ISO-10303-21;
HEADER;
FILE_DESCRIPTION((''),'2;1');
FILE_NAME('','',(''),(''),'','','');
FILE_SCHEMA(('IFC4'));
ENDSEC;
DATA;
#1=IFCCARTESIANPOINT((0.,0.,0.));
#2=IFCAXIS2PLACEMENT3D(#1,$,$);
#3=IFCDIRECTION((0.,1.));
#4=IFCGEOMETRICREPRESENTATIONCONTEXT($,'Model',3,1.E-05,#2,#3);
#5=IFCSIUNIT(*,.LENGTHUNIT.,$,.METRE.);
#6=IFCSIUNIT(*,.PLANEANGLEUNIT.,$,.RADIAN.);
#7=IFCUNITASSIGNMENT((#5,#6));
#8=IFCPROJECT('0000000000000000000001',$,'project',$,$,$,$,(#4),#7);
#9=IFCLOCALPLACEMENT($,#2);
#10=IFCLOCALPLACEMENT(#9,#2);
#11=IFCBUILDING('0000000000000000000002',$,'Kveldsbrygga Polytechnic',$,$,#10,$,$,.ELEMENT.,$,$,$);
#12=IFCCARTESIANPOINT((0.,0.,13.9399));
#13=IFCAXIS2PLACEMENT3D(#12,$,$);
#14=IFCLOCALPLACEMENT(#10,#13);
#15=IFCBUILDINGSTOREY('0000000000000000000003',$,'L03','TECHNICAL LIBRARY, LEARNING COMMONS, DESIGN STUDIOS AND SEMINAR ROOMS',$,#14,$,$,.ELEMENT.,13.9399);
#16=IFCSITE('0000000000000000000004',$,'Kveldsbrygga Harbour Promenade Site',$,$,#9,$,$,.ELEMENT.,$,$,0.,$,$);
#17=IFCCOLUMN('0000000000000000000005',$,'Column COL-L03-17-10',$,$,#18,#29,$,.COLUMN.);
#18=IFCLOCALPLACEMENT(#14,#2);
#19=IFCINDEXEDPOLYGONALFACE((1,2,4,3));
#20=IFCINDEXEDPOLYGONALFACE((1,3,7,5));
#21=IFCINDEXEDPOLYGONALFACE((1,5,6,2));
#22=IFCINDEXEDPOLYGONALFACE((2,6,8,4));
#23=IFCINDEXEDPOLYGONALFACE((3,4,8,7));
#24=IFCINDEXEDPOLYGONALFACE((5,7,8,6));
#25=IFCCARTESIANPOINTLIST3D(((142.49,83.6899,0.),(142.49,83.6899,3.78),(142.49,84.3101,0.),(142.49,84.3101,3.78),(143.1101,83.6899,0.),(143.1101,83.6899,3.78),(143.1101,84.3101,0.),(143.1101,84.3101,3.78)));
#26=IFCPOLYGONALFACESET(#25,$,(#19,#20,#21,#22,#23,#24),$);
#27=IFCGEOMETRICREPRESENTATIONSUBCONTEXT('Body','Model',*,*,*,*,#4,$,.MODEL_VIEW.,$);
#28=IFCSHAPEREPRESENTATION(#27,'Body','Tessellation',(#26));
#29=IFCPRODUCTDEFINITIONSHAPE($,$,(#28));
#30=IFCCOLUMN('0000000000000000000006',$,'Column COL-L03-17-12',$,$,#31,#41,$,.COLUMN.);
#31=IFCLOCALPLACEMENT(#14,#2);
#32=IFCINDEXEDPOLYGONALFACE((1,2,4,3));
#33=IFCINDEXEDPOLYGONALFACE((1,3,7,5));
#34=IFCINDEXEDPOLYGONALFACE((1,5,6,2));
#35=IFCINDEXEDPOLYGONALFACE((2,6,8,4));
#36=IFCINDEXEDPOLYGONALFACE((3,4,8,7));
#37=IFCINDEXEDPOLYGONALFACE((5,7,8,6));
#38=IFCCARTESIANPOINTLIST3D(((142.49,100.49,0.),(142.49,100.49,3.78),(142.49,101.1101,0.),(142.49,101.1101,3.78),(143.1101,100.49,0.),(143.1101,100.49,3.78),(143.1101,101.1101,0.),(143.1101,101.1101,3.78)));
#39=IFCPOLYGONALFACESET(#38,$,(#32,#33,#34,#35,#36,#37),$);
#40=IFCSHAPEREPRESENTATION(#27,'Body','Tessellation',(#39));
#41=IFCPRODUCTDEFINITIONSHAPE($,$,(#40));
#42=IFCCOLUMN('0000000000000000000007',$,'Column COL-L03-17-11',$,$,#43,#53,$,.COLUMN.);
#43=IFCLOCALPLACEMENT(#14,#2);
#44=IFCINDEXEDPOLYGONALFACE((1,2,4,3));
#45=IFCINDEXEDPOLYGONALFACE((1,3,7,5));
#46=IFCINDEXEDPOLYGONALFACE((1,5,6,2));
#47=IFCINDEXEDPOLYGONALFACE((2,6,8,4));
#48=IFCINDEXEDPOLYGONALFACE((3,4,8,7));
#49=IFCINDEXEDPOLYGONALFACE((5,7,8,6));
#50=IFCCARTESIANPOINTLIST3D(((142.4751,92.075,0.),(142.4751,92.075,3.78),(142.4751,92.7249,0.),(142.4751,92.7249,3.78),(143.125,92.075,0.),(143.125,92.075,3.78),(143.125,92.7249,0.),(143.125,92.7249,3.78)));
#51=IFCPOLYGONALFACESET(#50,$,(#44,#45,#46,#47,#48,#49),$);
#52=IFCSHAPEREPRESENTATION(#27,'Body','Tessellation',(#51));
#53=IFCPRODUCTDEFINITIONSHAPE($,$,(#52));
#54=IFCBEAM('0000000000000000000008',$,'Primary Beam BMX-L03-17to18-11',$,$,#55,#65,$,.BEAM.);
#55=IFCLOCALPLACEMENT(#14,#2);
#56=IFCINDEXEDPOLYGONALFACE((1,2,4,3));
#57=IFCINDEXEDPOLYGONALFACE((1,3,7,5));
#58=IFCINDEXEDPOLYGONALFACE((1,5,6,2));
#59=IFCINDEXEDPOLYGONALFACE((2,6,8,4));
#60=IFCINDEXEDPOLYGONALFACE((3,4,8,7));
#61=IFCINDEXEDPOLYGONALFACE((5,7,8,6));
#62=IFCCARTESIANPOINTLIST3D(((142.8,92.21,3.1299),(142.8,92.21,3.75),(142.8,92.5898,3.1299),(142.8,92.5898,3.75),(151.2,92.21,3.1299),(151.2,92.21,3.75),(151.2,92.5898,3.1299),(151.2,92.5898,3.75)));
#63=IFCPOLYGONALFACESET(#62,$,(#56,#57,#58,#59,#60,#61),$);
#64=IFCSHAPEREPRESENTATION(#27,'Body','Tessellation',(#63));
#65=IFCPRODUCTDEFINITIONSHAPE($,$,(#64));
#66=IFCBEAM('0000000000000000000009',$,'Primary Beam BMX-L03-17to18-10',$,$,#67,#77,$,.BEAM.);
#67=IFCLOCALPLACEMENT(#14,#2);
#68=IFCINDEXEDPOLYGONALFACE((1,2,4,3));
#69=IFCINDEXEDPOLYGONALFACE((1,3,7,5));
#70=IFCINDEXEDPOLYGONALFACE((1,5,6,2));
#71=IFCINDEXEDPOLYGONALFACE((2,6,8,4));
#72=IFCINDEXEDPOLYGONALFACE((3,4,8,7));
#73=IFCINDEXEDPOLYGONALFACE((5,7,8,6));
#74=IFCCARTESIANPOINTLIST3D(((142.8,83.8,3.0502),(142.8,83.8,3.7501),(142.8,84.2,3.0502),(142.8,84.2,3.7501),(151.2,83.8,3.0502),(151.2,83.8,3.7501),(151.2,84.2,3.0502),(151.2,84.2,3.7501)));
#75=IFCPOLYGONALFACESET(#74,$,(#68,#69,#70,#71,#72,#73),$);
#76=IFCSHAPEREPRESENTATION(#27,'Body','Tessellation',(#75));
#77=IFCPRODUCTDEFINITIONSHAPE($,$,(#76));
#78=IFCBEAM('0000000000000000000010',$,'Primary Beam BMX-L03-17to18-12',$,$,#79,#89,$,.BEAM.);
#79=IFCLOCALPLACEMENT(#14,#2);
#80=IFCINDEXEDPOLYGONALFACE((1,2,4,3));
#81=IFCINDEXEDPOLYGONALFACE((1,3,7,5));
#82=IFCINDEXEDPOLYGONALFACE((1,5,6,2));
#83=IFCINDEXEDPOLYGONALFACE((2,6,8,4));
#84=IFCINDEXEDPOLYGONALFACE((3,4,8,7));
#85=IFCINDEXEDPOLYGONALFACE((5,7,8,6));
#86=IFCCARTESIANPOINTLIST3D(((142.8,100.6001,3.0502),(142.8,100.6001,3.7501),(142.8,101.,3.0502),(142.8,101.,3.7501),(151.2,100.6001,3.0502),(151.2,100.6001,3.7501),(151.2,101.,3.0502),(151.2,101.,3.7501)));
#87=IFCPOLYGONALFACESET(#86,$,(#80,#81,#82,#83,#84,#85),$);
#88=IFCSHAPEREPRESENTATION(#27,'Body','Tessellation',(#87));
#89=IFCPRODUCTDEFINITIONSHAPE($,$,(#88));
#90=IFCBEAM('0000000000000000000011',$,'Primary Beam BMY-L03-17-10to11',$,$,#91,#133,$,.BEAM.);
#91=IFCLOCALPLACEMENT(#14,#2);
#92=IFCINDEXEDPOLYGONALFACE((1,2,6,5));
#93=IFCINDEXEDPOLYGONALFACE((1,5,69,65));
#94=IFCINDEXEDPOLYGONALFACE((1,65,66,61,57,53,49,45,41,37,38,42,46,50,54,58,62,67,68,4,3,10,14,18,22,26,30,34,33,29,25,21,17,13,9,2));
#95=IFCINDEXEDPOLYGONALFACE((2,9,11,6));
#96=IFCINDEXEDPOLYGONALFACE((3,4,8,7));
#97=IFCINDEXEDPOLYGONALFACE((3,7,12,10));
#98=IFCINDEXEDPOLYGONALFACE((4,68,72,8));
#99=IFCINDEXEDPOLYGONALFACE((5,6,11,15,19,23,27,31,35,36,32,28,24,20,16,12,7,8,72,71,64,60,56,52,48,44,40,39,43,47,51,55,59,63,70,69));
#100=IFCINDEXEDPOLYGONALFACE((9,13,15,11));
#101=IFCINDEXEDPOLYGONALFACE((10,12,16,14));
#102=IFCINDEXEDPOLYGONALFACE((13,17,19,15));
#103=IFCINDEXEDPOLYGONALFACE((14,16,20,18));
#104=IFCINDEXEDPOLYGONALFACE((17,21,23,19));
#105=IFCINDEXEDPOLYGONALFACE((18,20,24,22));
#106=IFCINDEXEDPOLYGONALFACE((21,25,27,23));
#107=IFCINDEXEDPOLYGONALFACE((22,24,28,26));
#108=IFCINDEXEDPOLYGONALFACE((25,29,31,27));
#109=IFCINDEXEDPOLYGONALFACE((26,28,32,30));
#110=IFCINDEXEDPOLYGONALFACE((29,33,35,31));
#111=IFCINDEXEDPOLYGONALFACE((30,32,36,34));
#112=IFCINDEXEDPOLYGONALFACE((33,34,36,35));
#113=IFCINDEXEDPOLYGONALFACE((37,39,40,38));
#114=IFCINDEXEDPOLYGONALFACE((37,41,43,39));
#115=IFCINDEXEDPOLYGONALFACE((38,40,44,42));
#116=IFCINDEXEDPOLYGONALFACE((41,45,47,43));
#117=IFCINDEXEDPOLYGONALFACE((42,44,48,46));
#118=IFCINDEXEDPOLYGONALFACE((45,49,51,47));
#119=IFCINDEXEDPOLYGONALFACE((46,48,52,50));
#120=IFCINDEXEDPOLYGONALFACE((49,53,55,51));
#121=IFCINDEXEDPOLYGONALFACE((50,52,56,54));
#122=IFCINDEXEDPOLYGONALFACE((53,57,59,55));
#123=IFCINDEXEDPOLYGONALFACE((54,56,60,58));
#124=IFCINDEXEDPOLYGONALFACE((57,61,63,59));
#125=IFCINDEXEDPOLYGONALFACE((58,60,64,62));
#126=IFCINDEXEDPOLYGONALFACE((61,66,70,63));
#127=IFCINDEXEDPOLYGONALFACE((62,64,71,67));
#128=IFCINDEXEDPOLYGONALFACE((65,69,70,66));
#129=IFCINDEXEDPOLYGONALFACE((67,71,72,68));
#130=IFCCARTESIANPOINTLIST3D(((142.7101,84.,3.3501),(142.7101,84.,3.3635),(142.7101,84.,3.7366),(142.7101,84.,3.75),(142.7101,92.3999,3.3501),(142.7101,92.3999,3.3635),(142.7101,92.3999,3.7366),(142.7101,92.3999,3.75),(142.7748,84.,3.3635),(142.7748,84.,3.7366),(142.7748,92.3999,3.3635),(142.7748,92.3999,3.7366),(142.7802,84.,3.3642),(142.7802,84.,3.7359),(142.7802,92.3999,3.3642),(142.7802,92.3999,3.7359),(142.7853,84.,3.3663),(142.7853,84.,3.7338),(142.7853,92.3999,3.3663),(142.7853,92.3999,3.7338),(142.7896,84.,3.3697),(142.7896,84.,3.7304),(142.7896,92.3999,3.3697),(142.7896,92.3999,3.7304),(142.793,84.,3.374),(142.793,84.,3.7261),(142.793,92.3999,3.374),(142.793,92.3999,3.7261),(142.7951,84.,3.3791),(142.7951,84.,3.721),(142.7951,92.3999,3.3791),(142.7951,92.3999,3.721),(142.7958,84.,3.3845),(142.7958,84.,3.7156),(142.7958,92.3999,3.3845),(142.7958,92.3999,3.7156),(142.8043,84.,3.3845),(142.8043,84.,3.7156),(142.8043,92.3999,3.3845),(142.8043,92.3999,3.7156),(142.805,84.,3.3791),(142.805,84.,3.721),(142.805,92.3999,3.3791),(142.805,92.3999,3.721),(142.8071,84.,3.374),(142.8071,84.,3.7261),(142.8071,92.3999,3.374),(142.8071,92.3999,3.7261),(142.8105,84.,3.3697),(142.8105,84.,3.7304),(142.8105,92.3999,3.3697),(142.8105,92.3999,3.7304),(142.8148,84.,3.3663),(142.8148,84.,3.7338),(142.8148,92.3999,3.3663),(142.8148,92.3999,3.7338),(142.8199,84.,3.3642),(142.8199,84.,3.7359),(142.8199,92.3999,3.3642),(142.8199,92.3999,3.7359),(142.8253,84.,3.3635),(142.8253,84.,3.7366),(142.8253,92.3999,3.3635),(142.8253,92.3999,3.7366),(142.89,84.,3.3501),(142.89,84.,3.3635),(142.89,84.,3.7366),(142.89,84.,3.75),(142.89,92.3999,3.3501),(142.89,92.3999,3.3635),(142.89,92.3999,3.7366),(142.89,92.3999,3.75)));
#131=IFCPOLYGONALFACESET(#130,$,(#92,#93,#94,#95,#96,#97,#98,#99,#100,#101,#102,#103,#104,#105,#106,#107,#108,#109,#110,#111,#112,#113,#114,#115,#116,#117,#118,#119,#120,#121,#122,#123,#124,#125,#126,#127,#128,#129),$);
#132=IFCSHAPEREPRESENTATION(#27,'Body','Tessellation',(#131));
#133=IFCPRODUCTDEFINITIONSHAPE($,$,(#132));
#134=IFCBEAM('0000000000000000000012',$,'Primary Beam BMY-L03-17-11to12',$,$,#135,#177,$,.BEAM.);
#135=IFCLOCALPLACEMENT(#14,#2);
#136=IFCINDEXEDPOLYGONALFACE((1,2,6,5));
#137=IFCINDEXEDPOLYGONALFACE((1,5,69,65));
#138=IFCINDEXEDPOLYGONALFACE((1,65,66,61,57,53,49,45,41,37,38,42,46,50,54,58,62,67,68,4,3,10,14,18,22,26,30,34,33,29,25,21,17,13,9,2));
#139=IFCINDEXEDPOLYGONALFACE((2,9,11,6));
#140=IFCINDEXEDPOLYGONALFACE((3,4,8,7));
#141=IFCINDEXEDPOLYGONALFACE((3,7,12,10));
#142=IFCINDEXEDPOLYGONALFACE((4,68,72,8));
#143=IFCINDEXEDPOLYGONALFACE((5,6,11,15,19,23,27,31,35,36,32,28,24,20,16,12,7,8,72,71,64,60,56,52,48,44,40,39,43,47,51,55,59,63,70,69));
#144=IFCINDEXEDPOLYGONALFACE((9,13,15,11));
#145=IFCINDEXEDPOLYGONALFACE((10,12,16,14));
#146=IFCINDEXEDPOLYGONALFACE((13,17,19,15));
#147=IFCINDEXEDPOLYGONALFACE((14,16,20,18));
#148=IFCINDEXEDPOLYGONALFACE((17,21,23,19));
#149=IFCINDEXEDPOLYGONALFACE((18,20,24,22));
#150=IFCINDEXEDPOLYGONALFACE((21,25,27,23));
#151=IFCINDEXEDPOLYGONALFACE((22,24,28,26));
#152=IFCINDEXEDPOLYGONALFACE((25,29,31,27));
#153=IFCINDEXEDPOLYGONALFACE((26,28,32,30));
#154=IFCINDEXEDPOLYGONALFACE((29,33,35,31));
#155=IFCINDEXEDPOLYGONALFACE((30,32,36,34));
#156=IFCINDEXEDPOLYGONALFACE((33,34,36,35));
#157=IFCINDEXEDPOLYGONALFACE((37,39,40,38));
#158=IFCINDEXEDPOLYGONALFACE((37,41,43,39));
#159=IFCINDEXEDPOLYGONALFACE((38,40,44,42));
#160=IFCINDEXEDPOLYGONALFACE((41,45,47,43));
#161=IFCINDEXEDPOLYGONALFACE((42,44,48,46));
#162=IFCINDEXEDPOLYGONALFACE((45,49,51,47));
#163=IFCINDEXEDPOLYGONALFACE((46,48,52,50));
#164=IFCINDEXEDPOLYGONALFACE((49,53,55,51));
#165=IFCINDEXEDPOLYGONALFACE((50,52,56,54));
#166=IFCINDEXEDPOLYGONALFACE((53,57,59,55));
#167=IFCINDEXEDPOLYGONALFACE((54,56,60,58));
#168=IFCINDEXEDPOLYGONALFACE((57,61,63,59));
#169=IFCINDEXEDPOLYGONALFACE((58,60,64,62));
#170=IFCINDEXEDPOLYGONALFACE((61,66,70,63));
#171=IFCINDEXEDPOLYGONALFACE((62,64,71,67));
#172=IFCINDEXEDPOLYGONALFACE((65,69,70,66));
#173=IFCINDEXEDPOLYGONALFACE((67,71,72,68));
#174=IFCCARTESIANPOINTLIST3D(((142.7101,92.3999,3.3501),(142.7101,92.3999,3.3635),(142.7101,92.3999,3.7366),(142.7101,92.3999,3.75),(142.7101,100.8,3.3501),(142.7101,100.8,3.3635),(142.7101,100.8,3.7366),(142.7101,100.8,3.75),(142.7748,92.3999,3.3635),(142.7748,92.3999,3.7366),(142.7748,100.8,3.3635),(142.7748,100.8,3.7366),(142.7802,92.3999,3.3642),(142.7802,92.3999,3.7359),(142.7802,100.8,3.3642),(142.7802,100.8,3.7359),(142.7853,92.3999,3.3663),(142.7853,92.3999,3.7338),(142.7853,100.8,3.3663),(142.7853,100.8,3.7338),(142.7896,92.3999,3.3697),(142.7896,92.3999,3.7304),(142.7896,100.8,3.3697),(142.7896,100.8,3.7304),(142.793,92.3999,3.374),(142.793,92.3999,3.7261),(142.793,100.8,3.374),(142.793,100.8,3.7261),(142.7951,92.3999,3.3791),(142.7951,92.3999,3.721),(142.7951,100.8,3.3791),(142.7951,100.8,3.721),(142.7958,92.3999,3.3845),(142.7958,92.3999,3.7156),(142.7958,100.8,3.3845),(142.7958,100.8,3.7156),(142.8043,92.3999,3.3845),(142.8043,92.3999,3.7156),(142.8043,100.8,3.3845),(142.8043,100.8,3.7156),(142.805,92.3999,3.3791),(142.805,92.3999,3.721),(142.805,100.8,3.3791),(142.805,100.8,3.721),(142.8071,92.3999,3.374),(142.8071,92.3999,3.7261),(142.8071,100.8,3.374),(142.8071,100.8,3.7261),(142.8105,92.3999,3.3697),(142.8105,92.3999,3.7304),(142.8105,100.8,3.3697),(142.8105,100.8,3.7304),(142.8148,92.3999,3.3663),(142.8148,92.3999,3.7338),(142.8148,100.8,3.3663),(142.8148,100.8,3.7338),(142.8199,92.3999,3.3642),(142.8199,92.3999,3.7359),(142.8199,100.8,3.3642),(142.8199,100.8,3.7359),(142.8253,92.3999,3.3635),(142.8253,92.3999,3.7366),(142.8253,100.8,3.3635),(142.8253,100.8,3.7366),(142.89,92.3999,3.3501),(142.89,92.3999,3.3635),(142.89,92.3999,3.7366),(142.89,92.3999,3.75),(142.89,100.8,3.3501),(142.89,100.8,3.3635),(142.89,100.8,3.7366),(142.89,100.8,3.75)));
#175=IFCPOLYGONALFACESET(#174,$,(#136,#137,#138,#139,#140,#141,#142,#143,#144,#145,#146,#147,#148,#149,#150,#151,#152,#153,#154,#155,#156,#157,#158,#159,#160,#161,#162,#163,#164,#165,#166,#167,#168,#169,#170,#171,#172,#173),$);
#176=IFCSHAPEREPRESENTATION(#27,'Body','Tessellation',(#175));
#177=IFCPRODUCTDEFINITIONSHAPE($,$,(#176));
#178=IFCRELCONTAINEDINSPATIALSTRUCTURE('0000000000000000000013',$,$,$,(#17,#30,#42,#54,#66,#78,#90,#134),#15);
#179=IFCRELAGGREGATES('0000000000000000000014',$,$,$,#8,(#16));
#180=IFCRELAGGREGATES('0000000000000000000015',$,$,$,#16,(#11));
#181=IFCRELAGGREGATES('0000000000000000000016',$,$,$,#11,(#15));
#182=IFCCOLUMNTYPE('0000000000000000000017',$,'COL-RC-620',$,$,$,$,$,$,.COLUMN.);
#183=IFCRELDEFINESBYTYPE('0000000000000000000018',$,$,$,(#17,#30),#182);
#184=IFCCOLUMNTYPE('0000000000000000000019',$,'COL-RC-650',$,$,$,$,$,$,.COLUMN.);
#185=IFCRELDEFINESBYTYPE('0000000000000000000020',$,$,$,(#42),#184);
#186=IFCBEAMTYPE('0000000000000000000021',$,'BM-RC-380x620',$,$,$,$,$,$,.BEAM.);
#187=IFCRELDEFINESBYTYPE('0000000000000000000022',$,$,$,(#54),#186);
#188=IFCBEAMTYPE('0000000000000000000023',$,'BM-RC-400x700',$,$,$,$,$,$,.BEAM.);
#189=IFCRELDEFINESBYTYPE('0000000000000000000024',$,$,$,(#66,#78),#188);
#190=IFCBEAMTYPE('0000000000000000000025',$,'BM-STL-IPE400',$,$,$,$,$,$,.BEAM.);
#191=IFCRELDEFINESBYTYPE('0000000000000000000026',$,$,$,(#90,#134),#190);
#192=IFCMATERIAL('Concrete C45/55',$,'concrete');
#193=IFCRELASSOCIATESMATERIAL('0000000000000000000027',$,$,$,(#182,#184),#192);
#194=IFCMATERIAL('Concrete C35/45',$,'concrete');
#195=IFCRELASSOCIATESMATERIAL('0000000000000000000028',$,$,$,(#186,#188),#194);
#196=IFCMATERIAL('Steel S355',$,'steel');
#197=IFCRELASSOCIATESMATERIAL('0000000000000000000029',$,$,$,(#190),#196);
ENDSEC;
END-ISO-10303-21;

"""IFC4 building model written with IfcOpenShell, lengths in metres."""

from ifc_helpers import new_model, si_unit, direction, frame, origin, origin_2d, place, context, subcontext, project, spatial, rectangle, i_section, extrude, material, material_profile, profile_set, type_object, element, save


model = new_model("IFC4")

# Units and contexts
model_context = context("Model", 3, precision=1e-05, world=origin(), true_north=direction((0.0, 1.0)))
body_context = subcontext(model_context, "Body", "Model", "MODEL_VIEW")
ifc_project = project(units=[si_unit("LENGTHUNIT", "METRE"), si_unit("PLANEANGLEUNIT", "RADIAN")], contexts=[model_context])

# Site, building, storey
site_placement = place(None, origin())
site = spatial("IfcSite", under=ifc_project, at=site_placement, Name="Kveldsbrygga Harbour Promenade Site", CompositionType="ELEMENT", RefElevation=0.0)
building_placement = place(site_placement, origin())
building = spatial("IfcBuilding", under=site, at=building_placement, Name="Kveldsbrygga Polytechnic", CompositionType="ELEMENT")
storey_placement = place(building_placement, frame((0.0, 0.0, 13.9399)))
storey = spatial("IfcBuildingStorey", under=building, at=storey_placement, Name="L03", Description="TECHNICAL LIBRARY, LEARNING COMMONS, DESIGN STUDIOS AND SEMINAR ROOMS", CompositionType="ELEMENT", Elevation=13.9399)

# Columns
ifc_material_1 = material(Name="Concrete C45/55", Category="concrete")
ifc_material_profile_1 = material_profile(ifc_material_1, rectangle(XDim=0.6201, YDim=0.6201, at=origin_2d()), Name="RC 620x620")
ifc_profile_set_1 = profile_set([ifc_material_profile_1], Name="Concrete C45/55")
column_type_1 = type_object("IfcColumnType", Name="COL-RC-620", PredefinedType="COLUMN", material=ifc_profile_set_1)
for number, where, z_axis, x_axis, name in (
    (1, (142.8, 84.0, 0.0), (0.0, 0.0, 1.0), (1.0, 0.0, 0.0), "Column COL-L03-17-10"),
    (2, (142.8, 100.8, 0.0), (0.0, 0.0, 1.0), (1.0, 0.0, 0.0), "Column COL-L03-17-12"),
):
    element("IfcColumn", number, at=place(storey_placement, frame(where, z_axis=z_axis, x_axis=x_axis)), inside=storey, type_object=column_type_1, Name=name, PredefinedType="COLUMN", context=body_context, shape_type="SweptSolid", body=[
        extrude(rectangle(XDim=0.6201, YDim=0.6201, at=origin_2d()), origin(), (0.0, 0.0, 1.0), 3.78),
    ])
ifc_material_profile_2 = material_profile(ifc_material_1, rectangle(XDim=0.6499, YDim=0.6499, at=origin_2d()), Name="RC 650x650")
ifc_profile_set_2 = profile_set([ifc_material_profile_2], Name="Concrete C45/55")
column_type_2 = type_object("IfcColumnType", Name="COL-RC-650", PredefinedType="COLUMN", material=ifc_profile_set_2)
column_placement = place(storey_placement, frame((142.8, 92.3999, 0.0), z_axis=(0.0, 0.0, 1.0), x_axis=(1.0, 0.0, 0.0)))
element("IfcColumn", 3, at=column_placement, inside=storey, type_object=column_type_2, Name="Column COL-L03-17-11", PredefinedType="COLUMN", context=body_context, shape_type="SweptSolid", body=[
    extrude(rectangle(XDim=0.6499, YDim=0.6499, at=origin_2d()), origin(), (0.0, 0.0, 1.0), 3.78),
])

# Beams
ifc_material_2 = material(Name="Concrete C35/45", Category="concrete")
ifc_material_profile_3 = material_profile(ifc_material_2, rectangle(XDim=0.3799, YDim=0.6201, at=origin_2d()), Name="RC 380x620")
ifc_profile_set_3 = profile_set([ifc_material_profile_3], Name="Concrete C35/45")
beam_type_1 = type_object("IfcBeamType", Name="BM-RC-380x620", PredefinedType="BEAM", material=ifc_profile_set_3)
beam_1_placement = place(storey_placement, frame((142.8, 92.3999, 3.4399), z_axis=(1.0, 0.0, 0.0), x_axis=(0.0, 1.0, 0.0)))
element("IfcBeam", 4, at=beam_1_placement, inside=storey, type_object=beam_type_1, Name="Primary Beam BMX-L03-17to18-11", PredefinedType="BEAM", context=body_context, shape_type="SweptSolid", body=[
    extrude(rectangle(XDim=0.3799, YDim=0.6201, at=origin_2d()), origin(), (0.0, 0.0, 1.0), 8.3999),
])
ifc_material_profile_4 = material_profile(ifc_material_2, rectangle(XDim=0.3999, YDim=0.7, at=origin_2d()), Name="RC 400x700")
ifc_profile_set_4 = profile_set([ifc_material_profile_4], Name="Concrete C35/45")
beam_type_2 = type_object("IfcBeamType", Name="BM-RC-400x700", PredefinedType="BEAM", material=ifc_profile_set_4)
for number, where, z_axis, x_axis, name in (
    (5, (142.8, 84.0, 3.4001), (1.0, 0.0, 0.0), (0.0, 1.0, 0.0), "Primary Beam BMX-L03-17to18-10"),
    (6, (142.8, 100.8, 3.4001), (1.0, 0.0, 0.0), (0.0, 1.0, 0.0), "Primary Beam BMX-L03-17to18-12"),
):
    element("IfcBeam", number, at=place(storey_placement, frame(where, z_axis=z_axis, x_axis=x_axis)), inside=storey, type_object=beam_type_2, Name=name, PredefinedType="BEAM", context=body_context, shape_type="SweptSolid", body=[
        extrude(rectangle(XDim=0.3999, YDim=0.7, at=origin_2d()), origin(), (0.0, 0.0, 1.0), 8.3999),
    ])
ifc_material_3 = material(Name="Steel S355", Category="steel")
ifc_material_profile_5 = material_profile(ifc_material_3, i_section(OverallWidth=0.1799, OverallDepth=0.3999, WebThickness=0.0085, FlangeThickness=0.0134, FilletRadius=0.021, at=origin_2d()), Name="IPE 400")
ifc_profile_set_5 = profile_set([ifc_material_profile_5], Name="Steel S355")
beam_type_3 = type_object("IfcBeamType", Name="BM-STL-IPE400", PredefinedType="BEAM", material=ifc_profile_set_5)
beam_2_placement = place(storey_placement, frame((142.8, 84.0, 3.55), z_axis=(0.0, 1.0, 0.0), x_axis=(-1.0, 0.0, 0.0)))
element("IfcBeam", 7, at=beam_2_placement, inside=storey, type_object=beam_type_3, Name="Primary Beam BMY-L03-17-10to11", PredefinedType="BEAM", context=body_context, shape_type="SweptSolid", body=[
    extrude(i_section(OverallWidth=0.1799, OverallDepth=0.3999, WebThickness=0.0085, FlangeThickness=0.0134, FilletRadius=0.021, at=origin_2d()), origin(), (0.0, 0.0, 1.0), 8.3999),
])
beam_3_placement = place(storey_placement, frame((142.8, 92.3999, 3.55), z_axis=(0.0, 1.0, 0.0), x_axis=(-1.0, 0.0, 0.0)))
element("IfcBeam", 8, at=beam_3_placement, inside=storey, type_object=beam_type_3, Name="Primary Beam BMY-L03-17-11to12", PredefinedType="BEAM", context=body_context, shape_type="SweptSolid", body=[
    extrude(i_section(OverallWidth=0.1799, OverallDepth=0.3999, WebThickness=0.0085, FlangeThickness=0.0134, FilletRadius=0.021, at=origin_2d()), origin(), (0.0, 0.0, 1.0), 8.4001),
])

save(model, "model.ifc")
